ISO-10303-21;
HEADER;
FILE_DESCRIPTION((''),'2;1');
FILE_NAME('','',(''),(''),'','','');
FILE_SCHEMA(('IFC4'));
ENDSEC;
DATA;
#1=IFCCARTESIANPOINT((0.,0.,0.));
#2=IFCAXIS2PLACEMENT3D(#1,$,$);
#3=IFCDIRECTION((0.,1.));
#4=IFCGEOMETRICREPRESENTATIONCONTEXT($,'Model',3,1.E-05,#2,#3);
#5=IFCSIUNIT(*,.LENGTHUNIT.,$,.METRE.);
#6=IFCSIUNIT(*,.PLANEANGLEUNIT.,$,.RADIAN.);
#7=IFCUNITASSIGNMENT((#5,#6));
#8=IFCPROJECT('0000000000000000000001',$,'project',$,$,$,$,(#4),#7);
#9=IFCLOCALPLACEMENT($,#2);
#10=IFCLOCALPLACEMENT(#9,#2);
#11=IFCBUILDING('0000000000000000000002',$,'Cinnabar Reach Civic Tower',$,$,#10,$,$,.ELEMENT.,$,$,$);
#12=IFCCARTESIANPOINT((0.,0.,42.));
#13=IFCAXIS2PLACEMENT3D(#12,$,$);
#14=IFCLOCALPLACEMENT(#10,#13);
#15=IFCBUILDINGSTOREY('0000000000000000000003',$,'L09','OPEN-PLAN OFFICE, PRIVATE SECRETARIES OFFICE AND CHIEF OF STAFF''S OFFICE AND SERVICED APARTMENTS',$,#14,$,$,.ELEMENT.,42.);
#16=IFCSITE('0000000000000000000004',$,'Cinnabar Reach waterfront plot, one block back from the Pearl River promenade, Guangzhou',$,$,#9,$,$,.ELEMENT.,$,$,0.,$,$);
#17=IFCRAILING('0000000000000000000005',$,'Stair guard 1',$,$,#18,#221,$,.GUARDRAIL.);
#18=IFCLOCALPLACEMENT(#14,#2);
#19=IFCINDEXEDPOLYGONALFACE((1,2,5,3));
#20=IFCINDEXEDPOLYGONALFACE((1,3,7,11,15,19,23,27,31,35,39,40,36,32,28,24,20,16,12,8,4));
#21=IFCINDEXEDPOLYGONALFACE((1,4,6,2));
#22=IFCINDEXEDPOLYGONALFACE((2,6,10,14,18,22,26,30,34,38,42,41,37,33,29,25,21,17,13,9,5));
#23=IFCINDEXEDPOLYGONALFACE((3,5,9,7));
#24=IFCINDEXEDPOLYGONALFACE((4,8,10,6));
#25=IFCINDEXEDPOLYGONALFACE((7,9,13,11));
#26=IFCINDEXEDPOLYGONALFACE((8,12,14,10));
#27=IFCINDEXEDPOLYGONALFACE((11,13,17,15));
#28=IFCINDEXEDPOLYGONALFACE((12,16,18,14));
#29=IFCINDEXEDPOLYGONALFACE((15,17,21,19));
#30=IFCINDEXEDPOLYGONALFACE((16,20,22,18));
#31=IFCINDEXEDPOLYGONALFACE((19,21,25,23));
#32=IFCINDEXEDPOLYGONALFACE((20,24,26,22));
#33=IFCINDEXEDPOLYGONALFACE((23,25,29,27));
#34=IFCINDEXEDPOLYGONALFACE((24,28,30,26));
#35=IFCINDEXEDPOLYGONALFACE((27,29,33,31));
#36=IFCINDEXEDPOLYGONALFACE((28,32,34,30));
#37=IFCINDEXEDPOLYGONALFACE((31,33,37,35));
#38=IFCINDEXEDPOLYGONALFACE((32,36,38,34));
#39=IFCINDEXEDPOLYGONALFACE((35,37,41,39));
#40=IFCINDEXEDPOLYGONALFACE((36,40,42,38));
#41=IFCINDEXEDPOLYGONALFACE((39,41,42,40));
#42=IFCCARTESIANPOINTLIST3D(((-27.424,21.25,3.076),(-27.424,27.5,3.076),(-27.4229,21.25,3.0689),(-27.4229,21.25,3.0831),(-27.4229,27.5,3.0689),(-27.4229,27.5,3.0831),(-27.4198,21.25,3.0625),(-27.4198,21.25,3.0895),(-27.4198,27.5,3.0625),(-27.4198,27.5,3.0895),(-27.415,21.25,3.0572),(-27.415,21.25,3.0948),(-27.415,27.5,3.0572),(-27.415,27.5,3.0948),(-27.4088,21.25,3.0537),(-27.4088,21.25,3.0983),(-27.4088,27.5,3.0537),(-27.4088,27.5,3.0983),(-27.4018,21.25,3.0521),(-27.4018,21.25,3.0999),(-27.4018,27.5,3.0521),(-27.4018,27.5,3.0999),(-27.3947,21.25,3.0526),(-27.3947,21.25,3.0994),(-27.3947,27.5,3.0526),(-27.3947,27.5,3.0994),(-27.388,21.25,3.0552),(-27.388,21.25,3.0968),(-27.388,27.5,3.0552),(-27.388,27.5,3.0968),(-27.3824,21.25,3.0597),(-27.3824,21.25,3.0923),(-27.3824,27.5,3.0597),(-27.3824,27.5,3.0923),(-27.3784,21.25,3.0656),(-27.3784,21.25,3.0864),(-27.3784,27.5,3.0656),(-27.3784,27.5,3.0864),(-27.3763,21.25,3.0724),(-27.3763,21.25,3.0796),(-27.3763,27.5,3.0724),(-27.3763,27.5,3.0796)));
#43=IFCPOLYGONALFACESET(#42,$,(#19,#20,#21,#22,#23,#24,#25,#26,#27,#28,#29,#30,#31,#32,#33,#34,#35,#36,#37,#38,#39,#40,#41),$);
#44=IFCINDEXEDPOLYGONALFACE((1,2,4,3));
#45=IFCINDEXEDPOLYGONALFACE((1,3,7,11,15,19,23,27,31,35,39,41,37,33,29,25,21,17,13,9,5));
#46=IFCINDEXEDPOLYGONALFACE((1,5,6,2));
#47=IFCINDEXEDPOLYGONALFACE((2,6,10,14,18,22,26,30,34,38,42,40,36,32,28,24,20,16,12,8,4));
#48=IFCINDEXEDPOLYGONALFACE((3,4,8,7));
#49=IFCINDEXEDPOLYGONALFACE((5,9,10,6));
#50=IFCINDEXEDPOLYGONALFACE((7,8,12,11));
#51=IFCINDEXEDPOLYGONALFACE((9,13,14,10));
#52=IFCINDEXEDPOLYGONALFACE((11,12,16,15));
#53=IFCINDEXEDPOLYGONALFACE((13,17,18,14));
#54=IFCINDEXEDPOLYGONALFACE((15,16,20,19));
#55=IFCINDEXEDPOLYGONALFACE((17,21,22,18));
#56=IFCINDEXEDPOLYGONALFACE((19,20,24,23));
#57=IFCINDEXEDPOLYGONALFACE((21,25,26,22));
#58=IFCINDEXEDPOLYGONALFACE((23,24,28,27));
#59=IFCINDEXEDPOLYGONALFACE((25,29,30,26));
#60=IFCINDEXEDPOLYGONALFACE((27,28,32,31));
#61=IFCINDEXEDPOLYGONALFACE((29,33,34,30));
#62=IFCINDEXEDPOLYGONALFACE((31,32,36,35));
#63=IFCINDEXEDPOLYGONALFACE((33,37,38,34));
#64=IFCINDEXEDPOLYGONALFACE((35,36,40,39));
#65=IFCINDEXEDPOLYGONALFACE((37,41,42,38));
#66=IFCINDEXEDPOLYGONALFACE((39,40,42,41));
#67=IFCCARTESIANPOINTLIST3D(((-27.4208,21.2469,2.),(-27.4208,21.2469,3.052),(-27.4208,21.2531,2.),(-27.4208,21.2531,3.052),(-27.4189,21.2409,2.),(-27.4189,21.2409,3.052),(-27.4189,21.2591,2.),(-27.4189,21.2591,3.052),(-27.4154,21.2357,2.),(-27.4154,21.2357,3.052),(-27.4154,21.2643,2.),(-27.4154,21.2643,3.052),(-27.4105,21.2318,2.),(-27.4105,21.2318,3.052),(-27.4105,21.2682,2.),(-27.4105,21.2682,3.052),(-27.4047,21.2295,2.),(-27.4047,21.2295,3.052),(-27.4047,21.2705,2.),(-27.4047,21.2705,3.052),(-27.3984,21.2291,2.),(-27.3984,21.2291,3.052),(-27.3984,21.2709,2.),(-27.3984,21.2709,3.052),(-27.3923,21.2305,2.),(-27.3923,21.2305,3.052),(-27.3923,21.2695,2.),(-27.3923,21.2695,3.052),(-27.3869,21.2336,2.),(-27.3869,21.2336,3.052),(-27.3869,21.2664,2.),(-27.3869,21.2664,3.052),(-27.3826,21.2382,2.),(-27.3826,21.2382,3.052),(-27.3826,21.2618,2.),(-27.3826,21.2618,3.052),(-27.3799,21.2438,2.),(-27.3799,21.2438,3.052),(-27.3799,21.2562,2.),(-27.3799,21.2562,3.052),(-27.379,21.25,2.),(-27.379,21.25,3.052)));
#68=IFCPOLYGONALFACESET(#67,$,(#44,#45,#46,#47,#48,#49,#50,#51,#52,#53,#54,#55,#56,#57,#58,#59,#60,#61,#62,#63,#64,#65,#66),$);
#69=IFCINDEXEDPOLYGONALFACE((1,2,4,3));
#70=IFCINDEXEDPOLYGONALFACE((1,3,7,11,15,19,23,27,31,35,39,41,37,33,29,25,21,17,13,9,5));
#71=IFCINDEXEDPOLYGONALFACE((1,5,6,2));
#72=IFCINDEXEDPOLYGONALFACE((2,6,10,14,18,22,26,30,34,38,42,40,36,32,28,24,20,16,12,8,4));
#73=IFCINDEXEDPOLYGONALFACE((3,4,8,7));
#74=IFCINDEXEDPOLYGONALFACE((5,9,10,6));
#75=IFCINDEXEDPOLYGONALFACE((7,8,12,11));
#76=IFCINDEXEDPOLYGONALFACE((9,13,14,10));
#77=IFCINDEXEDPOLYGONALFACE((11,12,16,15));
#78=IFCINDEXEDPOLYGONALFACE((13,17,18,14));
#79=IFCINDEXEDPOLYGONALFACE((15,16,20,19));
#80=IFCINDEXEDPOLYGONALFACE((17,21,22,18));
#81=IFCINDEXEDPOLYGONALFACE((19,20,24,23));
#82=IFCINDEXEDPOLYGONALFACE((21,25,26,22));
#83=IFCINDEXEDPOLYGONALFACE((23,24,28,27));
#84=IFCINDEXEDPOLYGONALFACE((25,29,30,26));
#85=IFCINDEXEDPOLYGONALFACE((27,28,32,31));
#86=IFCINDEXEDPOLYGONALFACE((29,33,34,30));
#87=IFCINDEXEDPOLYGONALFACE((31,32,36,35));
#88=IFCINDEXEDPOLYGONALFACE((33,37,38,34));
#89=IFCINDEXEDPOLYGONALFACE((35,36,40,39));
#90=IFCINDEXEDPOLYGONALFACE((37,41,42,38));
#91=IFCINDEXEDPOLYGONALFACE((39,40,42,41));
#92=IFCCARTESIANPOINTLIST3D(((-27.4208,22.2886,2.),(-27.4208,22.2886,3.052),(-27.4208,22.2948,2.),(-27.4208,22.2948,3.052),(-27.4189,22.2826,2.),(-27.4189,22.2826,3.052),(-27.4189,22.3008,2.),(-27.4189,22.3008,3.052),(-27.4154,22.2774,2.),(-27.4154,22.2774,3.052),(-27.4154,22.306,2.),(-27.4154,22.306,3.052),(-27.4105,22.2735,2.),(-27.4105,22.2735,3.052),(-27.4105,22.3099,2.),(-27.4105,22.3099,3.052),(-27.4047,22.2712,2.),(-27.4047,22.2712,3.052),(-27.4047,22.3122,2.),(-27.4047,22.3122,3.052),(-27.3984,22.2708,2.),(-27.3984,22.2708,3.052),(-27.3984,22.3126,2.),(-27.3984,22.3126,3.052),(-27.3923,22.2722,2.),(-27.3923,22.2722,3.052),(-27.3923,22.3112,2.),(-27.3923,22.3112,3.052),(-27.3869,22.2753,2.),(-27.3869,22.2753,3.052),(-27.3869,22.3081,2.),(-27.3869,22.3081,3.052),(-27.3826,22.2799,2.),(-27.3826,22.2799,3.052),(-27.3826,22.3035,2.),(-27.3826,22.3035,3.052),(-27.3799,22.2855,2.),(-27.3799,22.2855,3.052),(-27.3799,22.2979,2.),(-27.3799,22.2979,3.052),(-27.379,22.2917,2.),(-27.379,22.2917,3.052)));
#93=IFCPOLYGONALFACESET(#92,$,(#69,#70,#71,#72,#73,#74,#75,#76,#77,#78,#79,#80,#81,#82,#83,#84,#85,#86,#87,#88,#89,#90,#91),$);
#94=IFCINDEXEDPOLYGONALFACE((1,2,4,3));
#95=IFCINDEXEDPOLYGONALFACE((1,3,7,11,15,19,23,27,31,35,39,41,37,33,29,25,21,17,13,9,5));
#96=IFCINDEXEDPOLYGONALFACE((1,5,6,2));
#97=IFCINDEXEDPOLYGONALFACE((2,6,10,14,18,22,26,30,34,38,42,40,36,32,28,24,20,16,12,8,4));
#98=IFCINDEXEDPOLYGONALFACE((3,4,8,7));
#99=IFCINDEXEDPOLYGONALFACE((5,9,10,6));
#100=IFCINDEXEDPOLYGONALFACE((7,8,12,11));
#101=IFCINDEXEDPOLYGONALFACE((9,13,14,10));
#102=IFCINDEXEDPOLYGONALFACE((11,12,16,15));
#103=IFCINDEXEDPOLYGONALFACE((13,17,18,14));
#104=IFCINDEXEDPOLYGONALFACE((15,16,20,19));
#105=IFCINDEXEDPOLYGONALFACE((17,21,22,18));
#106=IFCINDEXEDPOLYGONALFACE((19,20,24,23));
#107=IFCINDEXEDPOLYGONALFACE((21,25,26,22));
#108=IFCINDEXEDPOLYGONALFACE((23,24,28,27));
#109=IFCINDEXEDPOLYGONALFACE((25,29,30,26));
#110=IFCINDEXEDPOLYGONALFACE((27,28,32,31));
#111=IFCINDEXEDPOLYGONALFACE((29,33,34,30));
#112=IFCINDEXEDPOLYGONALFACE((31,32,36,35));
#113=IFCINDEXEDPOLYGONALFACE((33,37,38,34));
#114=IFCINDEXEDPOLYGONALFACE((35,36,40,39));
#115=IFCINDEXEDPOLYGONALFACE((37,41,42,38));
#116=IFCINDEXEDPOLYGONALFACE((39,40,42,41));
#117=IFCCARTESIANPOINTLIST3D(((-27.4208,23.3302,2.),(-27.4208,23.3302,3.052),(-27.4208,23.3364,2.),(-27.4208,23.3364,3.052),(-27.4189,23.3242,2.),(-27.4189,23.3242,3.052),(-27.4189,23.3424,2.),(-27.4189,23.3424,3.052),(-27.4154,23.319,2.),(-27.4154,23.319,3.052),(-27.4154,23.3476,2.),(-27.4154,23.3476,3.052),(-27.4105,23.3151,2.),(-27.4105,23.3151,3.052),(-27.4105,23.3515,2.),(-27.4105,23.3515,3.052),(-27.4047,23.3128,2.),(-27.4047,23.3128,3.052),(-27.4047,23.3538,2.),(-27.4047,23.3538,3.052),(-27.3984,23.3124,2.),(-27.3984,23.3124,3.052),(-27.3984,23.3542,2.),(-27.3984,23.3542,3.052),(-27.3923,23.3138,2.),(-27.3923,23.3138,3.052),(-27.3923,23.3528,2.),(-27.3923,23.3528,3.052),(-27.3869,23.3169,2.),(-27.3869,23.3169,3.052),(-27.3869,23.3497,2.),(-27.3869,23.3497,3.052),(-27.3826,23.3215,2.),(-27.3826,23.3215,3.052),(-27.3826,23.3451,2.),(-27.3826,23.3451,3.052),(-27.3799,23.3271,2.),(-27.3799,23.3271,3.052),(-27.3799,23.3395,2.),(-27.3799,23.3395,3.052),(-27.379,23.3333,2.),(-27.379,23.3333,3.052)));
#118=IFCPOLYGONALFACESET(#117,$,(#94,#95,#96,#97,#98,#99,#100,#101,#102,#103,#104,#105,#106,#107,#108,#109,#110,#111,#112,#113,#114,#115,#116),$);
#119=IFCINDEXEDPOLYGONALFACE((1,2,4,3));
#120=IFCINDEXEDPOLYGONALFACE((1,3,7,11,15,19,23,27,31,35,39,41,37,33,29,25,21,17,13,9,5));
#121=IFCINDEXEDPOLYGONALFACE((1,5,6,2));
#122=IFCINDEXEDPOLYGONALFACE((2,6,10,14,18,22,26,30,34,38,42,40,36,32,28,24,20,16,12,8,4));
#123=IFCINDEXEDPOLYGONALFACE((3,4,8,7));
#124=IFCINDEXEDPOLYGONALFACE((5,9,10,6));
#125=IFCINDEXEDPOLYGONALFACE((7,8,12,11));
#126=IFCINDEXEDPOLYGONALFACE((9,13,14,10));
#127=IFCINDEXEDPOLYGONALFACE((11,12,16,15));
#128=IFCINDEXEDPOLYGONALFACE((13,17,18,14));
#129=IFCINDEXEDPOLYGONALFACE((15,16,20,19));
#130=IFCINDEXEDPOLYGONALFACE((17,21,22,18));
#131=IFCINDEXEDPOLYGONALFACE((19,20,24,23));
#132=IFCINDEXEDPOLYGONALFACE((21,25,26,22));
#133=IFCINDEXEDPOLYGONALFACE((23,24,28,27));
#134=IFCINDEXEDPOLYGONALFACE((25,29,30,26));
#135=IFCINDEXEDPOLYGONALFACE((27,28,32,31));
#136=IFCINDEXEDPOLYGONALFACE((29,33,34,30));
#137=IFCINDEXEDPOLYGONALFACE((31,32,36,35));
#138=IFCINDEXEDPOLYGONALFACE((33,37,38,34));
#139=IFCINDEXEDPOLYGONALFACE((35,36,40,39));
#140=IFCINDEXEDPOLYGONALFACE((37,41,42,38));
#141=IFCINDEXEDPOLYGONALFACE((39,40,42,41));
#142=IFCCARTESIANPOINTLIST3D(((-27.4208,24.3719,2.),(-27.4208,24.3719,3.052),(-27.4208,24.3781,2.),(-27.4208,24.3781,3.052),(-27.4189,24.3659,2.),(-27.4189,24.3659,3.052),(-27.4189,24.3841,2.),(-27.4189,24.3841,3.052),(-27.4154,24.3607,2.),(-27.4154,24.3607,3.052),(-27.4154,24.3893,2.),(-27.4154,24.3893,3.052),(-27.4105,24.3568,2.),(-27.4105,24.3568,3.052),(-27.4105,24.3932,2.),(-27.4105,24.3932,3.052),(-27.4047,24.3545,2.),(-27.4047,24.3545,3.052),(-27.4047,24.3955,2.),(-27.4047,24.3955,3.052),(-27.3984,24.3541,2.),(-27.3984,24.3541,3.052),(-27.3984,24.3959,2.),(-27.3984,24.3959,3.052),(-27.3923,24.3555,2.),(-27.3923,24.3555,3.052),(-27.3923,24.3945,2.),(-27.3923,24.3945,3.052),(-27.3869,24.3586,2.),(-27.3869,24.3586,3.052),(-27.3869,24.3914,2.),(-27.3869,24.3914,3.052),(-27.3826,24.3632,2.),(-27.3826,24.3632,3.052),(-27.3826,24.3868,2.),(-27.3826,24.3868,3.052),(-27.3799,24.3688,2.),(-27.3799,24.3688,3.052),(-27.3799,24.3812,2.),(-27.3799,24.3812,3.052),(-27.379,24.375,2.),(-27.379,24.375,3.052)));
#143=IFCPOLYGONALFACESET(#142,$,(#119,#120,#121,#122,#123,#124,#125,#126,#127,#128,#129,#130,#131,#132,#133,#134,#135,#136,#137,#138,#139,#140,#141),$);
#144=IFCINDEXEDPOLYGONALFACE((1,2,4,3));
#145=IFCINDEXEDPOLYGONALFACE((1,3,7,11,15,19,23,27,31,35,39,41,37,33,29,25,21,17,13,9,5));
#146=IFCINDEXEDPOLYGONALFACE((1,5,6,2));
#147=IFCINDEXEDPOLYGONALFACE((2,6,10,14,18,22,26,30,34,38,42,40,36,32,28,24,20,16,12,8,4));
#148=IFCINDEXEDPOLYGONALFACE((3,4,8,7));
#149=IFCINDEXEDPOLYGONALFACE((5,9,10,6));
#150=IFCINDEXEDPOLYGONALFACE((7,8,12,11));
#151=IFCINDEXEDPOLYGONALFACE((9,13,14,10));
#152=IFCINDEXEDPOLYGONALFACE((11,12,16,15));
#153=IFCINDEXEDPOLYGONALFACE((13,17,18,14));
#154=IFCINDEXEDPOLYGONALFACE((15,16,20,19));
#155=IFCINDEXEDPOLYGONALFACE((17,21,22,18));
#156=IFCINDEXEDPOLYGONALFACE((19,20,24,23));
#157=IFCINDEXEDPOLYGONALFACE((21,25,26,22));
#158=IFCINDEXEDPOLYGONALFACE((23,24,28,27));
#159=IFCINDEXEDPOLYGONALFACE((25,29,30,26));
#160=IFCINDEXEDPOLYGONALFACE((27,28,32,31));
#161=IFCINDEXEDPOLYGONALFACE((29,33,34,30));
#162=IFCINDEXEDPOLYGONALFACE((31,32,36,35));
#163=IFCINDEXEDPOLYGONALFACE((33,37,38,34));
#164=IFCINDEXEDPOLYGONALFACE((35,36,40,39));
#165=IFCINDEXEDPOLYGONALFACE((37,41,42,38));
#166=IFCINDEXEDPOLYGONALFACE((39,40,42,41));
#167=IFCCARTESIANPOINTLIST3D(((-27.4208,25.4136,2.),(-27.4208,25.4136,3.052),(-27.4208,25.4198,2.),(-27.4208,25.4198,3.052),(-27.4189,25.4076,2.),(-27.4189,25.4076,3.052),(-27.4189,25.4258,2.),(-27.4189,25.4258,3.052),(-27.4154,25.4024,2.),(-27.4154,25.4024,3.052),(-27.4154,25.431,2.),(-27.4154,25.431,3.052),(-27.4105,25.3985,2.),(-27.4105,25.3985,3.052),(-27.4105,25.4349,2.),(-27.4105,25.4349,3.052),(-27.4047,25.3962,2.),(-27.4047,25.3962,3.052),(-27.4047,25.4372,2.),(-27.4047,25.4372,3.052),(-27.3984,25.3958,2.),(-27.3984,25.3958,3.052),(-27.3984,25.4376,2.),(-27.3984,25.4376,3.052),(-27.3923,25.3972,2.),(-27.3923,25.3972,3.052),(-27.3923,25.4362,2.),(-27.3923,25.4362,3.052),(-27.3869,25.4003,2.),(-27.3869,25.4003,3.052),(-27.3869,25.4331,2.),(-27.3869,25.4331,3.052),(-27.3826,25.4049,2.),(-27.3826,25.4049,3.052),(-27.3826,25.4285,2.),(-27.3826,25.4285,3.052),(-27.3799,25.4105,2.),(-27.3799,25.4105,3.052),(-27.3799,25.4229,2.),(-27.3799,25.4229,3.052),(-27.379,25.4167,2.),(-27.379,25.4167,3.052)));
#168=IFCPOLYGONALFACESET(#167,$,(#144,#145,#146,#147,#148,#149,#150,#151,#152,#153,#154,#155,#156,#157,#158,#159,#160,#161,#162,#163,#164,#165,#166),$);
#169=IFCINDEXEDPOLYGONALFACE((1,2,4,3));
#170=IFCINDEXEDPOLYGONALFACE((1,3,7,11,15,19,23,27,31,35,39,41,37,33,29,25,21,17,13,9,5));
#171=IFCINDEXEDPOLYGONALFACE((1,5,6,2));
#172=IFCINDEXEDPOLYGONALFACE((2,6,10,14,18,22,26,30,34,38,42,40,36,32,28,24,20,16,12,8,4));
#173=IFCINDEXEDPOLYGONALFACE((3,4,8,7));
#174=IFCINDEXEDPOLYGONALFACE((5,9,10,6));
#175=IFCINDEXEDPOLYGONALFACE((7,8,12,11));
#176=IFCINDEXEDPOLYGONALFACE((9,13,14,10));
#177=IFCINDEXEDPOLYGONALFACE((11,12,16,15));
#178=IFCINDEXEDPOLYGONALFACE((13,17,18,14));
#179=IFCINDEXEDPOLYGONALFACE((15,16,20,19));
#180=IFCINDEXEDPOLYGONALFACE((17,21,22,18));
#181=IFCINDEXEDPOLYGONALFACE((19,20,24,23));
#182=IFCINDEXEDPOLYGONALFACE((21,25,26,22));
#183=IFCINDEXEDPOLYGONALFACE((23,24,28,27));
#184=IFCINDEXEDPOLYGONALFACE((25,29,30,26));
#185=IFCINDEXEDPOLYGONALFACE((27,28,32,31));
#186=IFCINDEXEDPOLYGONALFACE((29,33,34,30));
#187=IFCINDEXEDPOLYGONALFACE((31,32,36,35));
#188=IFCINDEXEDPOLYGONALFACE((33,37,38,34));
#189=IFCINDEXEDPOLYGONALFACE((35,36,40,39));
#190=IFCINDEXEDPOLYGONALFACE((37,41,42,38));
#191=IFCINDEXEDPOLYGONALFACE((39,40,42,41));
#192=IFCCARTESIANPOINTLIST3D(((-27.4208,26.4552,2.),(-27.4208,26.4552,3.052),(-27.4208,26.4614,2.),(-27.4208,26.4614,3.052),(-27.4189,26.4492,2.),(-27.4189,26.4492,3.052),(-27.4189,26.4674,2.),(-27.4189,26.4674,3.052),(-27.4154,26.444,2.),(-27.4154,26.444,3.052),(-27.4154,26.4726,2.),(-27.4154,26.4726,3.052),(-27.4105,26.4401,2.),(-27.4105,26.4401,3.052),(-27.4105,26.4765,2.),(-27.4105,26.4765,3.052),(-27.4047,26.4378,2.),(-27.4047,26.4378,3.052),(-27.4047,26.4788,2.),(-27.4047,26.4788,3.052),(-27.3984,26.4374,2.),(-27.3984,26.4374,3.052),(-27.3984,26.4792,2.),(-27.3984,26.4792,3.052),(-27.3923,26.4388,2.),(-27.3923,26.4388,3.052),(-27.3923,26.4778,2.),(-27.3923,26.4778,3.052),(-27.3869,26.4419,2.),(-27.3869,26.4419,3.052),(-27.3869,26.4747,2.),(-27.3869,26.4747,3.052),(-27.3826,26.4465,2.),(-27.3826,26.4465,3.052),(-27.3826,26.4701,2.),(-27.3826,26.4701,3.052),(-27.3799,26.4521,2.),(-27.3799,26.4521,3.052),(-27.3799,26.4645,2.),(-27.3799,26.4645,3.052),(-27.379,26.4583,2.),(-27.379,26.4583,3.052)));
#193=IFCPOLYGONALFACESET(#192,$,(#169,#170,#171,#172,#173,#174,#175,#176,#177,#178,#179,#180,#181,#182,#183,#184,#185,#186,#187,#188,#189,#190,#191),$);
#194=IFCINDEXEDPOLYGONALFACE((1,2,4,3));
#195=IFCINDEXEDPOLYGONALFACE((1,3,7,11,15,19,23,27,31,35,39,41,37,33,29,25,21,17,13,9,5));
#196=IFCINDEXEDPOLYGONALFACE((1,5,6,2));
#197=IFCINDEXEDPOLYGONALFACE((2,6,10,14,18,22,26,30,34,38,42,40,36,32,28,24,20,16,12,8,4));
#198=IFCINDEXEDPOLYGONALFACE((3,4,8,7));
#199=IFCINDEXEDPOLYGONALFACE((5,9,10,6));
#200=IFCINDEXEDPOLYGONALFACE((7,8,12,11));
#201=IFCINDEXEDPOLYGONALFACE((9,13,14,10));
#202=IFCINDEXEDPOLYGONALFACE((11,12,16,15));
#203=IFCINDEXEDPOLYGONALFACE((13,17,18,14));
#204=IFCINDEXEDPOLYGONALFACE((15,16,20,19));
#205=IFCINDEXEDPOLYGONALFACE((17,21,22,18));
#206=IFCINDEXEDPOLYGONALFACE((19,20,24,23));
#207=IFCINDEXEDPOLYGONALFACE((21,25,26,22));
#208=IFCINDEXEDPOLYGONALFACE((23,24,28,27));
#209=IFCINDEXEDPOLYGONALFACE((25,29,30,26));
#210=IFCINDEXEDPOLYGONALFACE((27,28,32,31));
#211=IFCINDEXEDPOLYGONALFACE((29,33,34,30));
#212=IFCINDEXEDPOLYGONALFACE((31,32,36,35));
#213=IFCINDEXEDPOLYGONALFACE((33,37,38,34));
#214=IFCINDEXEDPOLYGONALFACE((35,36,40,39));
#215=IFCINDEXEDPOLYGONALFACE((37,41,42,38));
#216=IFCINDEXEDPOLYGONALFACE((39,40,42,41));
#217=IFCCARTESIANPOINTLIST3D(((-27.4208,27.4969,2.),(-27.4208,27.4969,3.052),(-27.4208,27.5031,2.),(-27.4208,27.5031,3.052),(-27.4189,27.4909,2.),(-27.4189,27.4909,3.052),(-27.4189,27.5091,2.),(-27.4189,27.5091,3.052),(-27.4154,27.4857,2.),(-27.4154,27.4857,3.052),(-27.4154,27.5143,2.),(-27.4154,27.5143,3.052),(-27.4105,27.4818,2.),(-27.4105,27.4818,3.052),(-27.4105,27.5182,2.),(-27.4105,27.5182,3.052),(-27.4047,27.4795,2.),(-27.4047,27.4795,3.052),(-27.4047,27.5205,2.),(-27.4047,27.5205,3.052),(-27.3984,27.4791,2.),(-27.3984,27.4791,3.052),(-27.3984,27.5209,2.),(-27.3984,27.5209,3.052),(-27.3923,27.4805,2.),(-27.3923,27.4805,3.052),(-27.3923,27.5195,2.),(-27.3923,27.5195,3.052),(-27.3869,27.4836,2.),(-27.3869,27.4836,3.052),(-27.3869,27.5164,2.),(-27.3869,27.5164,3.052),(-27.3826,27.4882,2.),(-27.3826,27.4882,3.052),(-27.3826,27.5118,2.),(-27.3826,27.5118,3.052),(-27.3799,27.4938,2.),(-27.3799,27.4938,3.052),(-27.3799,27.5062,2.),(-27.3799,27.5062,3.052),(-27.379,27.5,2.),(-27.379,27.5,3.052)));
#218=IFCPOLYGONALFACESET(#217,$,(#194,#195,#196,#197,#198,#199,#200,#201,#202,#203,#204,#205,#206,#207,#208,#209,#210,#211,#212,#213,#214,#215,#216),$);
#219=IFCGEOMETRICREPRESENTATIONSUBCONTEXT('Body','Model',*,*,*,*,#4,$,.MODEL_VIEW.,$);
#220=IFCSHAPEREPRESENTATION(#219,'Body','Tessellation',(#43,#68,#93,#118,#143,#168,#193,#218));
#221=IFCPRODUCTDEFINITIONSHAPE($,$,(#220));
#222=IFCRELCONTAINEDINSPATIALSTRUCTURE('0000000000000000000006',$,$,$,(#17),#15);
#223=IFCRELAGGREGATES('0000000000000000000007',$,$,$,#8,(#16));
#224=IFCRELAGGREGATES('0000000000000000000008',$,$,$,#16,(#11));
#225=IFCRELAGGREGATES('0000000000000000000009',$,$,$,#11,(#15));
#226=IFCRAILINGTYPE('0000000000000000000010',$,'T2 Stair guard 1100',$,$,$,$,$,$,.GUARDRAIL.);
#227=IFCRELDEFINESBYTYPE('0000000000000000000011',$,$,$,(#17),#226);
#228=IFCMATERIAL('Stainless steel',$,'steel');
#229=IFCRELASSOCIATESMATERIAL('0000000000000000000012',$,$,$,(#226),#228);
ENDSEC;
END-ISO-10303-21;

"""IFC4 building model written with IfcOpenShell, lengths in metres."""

from ifc_helpers import new_model, si_unit, direction, frame, origin, origin_2d, place, context, subcontext, project, spatial, circle, extrude, material, type_object, element, save


model = new_model("IFC4")

# Units and contexts
model_context = context("Model", 3, precision=1e-05, world=origin(), true_north=direction((0.0, 1.0)))
body_context = subcontext(model_context, "Body", "Model", "MODEL_VIEW")
ifc_project = project(units=[si_unit("LENGTHUNIT", "METRE"), si_unit("PLANEANGLEUNIT", "RADIAN")], contexts=[model_context])

# Site, building, storey
site_placement = place(None, origin())
site = spatial("IfcSite", under=ifc_project, at=site_placement, Name="Cinnabar Reach waterfront plot, one block back from the Pearl River promenade, Guangzhou", CompositionType="ELEMENT", RefElevation=0.0)
building_placement = place(site_placement, origin())
building = spatial("IfcBuilding", under=site, at=building_placement, Name="Cinnabar Reach Civic Tower", CompositionType="ELEMENT")
storey_placement = place(building_placement, frame((0.0, 0.0, 42.0)))
storey = spatial("IfcBuildingStorey", under=building, at=storey_placement, Name="L09", Description="OPEN-PLAN OFFICE, PRIVATE SECRETARIES OFFICE AND CHIEF OF STAFF'S OFFICE AND SERVICED APARTMENTS", CompositionType="ELEMENT", Elevation=42.0)

# Railing
ifc_material_1 = material(Name="Stainless steel", Category="steel")
railing_type = type_object("IfcRailingType", Name="T2 Stair guard 1100", PredefinedType="GUARDRAIL", material=ifc_material_1)
for number, where, name in (
    (1, (-27.4, 21.25, 2.0), "Stair guard 1"),
):
    element("IfcRailing", number, at=place(storey_placement, frame(where)), inside=storey, type_object=railing_type, Name=name, PredefinedType="GUARDRAIL", context=body_context, shape_type="SweptSolid", body=[
        extrude(circle(Radius=0.024, at=origin_2d()), frame((0.0, 0.0, 1.076), z_axis=(0.0, 1.0, 0.0), x_axis=(-1.0, 0.0, 0.0)), (0.0, 0.0, 1.0), 6.25),
        extrude(circle(Radius=0.021, at=origin_2d()), origin(), (0.0, 0.0, 1.0), 1.052),
        extrude(circle(Radius=0.021, at=origin_2d()), frame((0.0, 1.0417, 0.0)), (0.0, 0.0, 1.0), 1.052),
        extrude(circle(Radius=0.021, at=origin_2d()), frame((0.0, 2.0833, 0.0)), (0.0, 0.0, 1.0), 1.052),
        extrude(circle(Radius=0.021, at=origin_2d()), frame((0.0, 3.125, 0.0)), (0.0, 0.0, 1.0), 1.052),
        extrude(circle(Radius=0.021, at=origin_2d()), frame((0.0, 4.1667, 0.0)), (0.0, 0.0, 1.0), 1.052),
        extrude(circle(Radius=0.021, at=origin_2d()), frame((0.0, 5.2083, 0.0)), (0.0, 0.0, 1.0), 1.052),
        extrude(circle(Radius=0.021, at=origin_2d()), frame((0.0, 6.25, 0.0)), (0.0, 0.0, 1.0), 1.052),
    ])

save(model, "model.ifc")
